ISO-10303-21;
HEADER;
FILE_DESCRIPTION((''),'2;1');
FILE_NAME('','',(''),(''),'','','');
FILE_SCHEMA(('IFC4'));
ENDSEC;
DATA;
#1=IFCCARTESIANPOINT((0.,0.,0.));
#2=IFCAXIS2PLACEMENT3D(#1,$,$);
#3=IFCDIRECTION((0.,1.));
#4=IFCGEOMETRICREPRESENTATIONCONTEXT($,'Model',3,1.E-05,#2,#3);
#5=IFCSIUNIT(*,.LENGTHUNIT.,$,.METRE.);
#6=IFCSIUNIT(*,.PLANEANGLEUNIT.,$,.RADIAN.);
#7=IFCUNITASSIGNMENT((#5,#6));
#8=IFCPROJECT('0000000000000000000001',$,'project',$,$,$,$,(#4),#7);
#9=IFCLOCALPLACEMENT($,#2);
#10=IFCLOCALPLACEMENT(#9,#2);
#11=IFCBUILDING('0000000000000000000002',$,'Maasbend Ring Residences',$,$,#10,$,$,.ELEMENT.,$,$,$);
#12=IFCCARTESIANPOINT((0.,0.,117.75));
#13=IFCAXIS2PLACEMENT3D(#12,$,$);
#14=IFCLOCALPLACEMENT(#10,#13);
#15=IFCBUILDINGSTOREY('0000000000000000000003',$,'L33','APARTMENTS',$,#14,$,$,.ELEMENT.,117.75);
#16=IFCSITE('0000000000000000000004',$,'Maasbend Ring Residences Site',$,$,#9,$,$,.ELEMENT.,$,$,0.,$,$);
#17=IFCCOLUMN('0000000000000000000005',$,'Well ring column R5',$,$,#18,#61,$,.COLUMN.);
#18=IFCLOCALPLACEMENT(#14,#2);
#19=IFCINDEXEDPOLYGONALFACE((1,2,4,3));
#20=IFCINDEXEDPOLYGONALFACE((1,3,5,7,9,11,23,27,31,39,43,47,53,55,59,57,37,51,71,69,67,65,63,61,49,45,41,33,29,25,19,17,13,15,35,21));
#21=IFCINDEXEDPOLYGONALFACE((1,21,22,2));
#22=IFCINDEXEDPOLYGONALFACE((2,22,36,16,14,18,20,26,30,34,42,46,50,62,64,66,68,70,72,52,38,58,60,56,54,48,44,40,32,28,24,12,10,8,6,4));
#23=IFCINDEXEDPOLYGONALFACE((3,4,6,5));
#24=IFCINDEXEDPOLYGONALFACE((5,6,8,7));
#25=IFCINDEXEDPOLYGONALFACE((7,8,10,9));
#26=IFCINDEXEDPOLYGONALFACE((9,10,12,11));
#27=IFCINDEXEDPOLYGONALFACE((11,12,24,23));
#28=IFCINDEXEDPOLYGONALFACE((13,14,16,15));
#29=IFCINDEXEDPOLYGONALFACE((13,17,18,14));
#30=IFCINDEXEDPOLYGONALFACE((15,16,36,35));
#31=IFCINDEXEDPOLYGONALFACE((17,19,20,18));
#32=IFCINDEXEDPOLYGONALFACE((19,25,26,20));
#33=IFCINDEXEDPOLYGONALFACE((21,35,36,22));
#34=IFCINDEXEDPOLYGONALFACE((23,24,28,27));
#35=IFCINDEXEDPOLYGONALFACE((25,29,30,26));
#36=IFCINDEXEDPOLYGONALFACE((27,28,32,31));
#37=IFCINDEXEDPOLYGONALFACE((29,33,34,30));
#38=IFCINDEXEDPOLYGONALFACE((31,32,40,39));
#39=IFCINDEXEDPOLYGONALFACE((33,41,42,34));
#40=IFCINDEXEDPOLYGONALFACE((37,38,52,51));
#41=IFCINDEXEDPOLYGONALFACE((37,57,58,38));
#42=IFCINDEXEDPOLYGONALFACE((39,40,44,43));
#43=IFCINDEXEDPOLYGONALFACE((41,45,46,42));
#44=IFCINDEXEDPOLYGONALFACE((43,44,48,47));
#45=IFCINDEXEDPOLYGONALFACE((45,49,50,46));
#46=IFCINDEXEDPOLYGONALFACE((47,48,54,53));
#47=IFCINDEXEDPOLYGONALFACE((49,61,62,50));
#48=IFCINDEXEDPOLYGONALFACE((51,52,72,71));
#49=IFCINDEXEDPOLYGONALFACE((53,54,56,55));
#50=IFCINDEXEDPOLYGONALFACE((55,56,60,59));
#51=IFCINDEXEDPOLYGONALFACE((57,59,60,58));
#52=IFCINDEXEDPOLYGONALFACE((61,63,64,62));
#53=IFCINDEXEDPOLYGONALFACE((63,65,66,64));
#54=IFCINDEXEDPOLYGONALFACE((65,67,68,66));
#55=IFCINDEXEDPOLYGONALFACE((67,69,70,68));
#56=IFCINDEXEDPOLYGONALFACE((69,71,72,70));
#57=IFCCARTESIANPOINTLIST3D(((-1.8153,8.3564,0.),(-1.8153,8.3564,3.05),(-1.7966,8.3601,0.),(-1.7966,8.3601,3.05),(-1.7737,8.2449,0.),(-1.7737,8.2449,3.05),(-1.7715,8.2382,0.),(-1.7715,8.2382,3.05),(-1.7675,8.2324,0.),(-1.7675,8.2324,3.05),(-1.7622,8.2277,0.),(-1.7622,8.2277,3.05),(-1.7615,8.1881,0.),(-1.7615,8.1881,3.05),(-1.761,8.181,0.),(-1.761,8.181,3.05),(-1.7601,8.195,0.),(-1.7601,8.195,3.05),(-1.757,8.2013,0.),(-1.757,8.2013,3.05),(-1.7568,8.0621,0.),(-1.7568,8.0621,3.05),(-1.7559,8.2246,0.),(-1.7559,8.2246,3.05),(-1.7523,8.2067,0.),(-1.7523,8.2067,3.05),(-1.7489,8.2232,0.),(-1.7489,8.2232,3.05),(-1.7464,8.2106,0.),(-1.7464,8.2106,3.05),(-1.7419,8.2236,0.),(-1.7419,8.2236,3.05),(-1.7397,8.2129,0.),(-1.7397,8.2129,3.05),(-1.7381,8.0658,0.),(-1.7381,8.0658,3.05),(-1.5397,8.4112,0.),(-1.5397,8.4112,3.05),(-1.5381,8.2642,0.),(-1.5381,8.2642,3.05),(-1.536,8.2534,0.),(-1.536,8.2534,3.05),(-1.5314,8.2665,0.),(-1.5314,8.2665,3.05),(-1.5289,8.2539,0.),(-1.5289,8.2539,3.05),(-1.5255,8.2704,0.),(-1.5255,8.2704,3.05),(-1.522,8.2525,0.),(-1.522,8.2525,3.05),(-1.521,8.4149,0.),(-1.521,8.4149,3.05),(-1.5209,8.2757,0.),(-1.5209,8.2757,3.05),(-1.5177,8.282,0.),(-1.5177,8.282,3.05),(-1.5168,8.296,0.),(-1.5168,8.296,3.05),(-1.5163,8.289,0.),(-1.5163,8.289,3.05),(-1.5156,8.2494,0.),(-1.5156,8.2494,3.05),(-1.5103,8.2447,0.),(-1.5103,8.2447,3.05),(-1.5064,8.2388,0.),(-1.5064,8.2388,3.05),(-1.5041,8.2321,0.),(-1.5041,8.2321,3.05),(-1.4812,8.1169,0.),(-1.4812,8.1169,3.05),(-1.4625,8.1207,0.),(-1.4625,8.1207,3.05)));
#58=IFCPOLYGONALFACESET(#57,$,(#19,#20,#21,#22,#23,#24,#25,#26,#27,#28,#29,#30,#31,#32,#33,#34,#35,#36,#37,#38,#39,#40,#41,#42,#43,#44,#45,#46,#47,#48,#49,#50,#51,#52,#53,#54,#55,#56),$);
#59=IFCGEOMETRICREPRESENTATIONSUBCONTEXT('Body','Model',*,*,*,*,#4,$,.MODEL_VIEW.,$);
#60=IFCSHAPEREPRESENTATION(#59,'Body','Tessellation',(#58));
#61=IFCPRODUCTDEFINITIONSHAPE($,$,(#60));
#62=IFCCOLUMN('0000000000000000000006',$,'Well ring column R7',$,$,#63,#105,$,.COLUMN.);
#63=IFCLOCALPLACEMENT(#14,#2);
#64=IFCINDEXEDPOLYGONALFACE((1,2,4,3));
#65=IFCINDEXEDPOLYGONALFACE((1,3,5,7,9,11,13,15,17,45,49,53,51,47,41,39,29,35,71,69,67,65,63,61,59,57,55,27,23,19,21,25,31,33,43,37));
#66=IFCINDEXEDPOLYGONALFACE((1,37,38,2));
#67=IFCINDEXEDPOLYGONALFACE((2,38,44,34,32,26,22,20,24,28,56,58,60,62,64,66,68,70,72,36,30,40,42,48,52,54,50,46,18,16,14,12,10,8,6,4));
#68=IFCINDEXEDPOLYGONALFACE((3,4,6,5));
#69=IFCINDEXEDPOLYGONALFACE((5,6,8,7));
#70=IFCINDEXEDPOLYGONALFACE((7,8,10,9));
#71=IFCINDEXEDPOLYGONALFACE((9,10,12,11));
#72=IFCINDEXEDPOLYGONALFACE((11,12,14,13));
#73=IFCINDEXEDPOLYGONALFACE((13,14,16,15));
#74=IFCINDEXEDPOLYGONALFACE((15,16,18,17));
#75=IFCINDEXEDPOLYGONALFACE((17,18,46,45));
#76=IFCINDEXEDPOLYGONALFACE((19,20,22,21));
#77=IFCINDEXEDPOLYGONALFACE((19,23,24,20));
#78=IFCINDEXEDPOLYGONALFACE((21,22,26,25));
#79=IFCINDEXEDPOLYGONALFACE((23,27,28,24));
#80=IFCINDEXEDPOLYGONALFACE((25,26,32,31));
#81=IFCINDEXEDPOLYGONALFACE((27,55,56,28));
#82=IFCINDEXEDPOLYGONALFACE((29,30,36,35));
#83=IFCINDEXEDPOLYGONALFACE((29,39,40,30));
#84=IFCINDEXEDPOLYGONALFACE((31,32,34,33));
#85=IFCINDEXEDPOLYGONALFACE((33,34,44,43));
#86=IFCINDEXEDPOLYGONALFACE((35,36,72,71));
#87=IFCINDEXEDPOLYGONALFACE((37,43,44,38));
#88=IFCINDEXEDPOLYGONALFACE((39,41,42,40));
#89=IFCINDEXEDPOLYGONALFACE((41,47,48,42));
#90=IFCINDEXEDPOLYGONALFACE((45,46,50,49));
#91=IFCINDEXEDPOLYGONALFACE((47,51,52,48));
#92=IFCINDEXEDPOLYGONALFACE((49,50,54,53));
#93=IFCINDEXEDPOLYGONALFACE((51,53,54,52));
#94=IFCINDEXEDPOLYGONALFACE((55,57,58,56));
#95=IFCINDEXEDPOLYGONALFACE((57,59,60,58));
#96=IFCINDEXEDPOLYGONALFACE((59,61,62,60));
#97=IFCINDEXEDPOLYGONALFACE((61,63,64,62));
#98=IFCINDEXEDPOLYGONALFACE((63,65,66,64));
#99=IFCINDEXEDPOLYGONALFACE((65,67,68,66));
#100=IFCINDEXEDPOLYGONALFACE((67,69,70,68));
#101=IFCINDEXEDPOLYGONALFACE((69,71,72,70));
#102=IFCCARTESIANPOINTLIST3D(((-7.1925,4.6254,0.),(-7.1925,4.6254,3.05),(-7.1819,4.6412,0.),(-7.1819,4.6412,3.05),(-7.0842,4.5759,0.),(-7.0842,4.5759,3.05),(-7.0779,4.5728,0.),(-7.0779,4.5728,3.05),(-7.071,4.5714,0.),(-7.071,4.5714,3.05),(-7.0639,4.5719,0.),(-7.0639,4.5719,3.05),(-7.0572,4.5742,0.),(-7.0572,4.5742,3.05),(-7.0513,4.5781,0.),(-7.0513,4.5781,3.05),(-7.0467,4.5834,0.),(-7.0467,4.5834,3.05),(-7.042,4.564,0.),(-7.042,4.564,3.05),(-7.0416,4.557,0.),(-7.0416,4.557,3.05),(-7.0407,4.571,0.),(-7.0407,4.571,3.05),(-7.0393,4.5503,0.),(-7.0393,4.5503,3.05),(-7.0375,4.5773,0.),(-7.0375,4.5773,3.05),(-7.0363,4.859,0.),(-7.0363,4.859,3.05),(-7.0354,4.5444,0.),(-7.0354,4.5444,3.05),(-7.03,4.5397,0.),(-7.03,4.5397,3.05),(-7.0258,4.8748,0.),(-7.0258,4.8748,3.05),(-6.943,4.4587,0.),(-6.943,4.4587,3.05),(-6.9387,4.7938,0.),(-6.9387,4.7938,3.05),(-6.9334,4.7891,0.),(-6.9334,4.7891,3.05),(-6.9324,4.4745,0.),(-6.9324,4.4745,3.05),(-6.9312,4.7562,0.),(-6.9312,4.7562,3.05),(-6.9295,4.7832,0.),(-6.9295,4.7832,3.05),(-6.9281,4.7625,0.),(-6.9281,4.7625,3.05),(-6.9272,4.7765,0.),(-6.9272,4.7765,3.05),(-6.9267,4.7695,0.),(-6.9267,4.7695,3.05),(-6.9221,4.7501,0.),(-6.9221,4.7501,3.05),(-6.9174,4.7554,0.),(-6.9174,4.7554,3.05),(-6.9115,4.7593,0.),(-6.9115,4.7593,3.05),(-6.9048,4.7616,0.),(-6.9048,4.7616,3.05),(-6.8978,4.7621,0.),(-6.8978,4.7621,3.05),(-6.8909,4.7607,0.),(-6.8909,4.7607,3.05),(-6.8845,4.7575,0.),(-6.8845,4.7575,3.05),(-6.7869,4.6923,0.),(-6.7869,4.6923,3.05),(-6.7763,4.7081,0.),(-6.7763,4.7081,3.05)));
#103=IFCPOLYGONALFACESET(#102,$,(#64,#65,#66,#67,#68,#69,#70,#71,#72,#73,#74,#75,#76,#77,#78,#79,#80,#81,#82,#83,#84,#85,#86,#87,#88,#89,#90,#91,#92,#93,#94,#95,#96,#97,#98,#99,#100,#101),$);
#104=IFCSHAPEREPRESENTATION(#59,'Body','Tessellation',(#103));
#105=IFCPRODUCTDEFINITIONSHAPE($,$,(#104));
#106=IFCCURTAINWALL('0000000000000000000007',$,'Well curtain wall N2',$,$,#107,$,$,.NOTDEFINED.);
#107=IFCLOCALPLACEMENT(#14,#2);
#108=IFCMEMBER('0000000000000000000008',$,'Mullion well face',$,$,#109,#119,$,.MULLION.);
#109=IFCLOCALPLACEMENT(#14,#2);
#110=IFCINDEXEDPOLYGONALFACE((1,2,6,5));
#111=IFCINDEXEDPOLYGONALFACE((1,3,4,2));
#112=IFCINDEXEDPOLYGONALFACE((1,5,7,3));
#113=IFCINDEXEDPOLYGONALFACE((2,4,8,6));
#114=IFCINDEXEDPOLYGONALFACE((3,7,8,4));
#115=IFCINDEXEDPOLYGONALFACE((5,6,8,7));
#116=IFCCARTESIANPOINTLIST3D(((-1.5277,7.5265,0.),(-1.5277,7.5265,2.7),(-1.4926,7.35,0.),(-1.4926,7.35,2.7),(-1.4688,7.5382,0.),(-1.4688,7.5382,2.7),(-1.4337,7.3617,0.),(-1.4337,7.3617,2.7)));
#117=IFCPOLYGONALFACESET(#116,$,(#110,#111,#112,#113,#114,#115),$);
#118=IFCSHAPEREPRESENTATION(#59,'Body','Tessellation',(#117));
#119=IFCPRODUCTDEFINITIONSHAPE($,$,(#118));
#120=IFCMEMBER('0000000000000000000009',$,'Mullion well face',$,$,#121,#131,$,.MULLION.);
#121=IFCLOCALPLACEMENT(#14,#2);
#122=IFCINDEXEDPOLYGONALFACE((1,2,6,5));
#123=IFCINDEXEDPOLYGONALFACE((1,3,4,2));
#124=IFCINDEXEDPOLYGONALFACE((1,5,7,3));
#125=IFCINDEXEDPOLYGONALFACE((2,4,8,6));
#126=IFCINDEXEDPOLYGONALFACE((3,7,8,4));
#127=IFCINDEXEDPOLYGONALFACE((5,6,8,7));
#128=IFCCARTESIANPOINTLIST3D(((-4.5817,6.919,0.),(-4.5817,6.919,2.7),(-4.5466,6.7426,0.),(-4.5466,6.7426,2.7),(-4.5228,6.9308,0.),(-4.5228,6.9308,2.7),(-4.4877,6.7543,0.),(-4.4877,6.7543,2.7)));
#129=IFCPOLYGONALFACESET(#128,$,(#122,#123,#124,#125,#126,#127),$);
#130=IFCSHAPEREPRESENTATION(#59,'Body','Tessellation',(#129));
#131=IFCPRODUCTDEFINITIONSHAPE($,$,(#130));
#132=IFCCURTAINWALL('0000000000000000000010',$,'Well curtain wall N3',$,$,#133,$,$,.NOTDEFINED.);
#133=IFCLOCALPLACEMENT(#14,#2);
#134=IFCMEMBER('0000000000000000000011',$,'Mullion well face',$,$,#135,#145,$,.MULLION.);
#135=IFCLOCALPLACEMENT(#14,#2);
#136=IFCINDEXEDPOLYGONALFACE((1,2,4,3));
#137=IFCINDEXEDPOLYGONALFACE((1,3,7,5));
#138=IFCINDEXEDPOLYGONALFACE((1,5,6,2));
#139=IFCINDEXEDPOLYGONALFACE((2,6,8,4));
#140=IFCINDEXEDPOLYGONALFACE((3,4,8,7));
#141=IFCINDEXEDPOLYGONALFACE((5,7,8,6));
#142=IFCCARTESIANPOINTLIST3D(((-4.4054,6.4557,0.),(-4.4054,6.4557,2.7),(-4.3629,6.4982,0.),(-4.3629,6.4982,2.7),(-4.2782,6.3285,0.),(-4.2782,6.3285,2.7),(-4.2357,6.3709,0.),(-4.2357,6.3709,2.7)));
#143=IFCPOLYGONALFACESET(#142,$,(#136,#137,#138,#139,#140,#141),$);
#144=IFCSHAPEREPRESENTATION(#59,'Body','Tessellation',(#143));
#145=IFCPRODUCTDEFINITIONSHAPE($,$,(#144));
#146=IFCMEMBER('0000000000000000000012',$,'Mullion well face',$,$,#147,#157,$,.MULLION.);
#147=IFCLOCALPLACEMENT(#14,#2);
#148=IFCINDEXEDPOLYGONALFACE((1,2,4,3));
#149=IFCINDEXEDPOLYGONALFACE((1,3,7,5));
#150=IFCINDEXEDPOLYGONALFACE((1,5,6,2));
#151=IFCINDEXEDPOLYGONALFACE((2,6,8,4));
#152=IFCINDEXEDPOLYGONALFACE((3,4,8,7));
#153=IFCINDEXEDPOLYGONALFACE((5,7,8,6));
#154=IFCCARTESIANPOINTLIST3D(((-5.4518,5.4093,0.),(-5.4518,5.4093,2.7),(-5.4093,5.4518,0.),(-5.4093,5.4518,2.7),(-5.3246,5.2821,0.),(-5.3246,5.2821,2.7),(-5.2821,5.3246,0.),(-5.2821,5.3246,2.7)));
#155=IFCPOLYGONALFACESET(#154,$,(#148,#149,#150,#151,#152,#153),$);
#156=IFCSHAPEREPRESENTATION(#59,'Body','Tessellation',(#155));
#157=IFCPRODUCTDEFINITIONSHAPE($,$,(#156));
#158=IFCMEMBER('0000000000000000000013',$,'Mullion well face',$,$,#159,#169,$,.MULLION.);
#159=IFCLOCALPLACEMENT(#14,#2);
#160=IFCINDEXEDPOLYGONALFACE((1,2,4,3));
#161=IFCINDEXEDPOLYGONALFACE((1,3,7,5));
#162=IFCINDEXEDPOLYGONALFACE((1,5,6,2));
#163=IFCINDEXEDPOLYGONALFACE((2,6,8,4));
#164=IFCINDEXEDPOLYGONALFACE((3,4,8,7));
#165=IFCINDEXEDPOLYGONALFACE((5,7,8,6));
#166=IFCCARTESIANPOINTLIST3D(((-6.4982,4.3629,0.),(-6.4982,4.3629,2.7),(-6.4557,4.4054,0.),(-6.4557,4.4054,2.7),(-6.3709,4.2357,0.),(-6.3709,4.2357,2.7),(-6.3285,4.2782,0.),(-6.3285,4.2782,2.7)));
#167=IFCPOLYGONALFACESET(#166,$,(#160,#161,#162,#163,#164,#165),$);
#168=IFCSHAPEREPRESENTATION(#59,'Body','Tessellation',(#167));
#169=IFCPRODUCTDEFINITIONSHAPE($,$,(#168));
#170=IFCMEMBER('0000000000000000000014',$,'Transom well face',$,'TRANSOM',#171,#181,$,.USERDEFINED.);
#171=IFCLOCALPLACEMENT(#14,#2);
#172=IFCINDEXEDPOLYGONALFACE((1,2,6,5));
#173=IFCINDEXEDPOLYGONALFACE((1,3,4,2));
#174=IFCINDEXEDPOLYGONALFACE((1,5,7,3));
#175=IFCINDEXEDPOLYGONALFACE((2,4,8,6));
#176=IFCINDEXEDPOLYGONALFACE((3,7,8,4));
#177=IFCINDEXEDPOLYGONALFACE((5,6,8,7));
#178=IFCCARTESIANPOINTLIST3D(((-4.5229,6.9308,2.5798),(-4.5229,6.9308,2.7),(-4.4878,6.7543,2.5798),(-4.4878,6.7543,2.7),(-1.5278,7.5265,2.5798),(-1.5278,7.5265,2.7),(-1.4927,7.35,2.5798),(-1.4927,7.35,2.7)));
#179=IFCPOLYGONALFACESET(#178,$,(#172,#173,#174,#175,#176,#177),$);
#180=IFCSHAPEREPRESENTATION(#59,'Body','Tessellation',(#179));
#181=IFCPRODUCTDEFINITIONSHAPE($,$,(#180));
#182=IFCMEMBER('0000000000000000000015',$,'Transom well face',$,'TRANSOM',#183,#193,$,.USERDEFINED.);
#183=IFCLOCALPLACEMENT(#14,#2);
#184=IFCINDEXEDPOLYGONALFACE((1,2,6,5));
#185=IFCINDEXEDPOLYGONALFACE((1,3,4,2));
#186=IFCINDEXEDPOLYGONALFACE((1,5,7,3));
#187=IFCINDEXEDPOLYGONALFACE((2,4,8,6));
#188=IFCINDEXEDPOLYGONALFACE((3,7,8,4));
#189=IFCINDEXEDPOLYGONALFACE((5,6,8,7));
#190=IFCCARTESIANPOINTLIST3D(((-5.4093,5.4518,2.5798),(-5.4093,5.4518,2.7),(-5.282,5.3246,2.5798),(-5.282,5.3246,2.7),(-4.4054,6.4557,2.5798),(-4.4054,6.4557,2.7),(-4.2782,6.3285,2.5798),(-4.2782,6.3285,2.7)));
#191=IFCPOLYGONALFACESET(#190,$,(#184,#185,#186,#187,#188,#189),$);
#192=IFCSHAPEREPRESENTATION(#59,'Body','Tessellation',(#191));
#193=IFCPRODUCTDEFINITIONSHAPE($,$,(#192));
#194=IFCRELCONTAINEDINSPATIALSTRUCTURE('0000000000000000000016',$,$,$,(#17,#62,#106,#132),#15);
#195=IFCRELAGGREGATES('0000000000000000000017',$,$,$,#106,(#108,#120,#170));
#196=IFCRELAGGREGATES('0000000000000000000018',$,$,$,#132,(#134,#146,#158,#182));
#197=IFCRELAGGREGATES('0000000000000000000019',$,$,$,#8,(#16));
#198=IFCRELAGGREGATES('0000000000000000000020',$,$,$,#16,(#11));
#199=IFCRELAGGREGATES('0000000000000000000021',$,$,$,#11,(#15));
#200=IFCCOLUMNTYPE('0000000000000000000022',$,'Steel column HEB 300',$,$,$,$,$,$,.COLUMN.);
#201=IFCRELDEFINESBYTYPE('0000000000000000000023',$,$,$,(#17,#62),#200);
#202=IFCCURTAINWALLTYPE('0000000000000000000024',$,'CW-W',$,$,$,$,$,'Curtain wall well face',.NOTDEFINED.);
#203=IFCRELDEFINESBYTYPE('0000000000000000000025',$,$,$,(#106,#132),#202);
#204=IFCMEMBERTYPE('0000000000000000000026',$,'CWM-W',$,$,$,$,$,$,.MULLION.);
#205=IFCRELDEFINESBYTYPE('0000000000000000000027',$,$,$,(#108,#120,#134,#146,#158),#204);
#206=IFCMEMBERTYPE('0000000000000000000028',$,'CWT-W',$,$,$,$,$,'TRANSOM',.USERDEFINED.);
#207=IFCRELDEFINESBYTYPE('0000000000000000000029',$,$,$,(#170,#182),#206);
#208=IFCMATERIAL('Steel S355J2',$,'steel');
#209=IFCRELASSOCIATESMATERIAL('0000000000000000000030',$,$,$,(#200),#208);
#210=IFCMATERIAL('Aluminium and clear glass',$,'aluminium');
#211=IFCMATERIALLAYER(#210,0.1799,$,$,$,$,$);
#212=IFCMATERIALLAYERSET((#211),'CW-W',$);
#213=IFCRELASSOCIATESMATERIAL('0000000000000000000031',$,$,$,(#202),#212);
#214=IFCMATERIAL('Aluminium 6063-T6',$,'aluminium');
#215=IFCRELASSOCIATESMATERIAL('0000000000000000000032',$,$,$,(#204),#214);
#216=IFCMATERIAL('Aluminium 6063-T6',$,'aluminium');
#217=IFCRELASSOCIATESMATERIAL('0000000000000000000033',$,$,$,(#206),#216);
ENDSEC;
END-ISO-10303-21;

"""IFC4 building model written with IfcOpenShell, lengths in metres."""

from ifc_helpers import new_model, si_unit, direction, frame, origin, origin_2d, place, context, subcontext, project, spatial, rectangle, i_section, extrude, material, layer, layer_set, material_profile, profile_set, type_object, element, aggregate, save


model = new_model("IFC4")

# Units and contexts
model_context = context("Model", 3, precision=1e-05, world=origin(), true_north=direction((0.0, 1.0)))
body_context = subcontext(model_context, "Body", "Model", "MODEL_VIEW")
ifc_project = project(units=[si_unit("LENGTHUNIT", "METRE"), si_unit("PLANEANGLEUNIT", "RADIAN")], contexts=[model_context])

# Site, building, storey
site_placement = place(None, origin())
site = spatial("IfcSite", under=ifc_project, at=site_placement, Name="Maasbend Ring Residences Site", CompositionType="ELEMENT", RefElevation=0.0)
building_placement = place(site_placement, origin())
building = spatial("IfcBuilding", under=site, at=building_placement, Name="Maasbend Ring Residences", CompositionType="ELEMENT")
storey_placement = place(building_placement, frame((0.0, 0.0, 117.75)))
storey = spatial("IfcBuildingStorey", under=building, at=storey_placement, Name="L33", Description="APARTMENTS", CompositionType="ELEMENT", Elevation=117.75)

# Columns
ifc_material_1 = material(Name="Steel S355J2", Category="steel")
ifc_material_profile_1 = material_profile(ifc_material_1, i_section(OverallWidth=0.3, OverallDepth=0.3, WebThickness=0.011, FlangeThickness=0.019, FilletRadius=0.0271, at=origin_2d()), Name="HEB 300")
ifc_profile_set_1 = profile_set([ifc_material_profile_1], Name="Steel S355J2")
column_type = type_object("IfcColumnType", Name="Steel column HEB 300", PredefinedType="COLUMN", material=ifc_profile_set_1)
for number, where, z_axis, x_axis, name in (
    (1, (-1.6389, 8.2385, 0.0), (0.0, 0.0, 1.0), (-0.19509, 0.980785, 0.0), "Well ring column R5"),
    (2, (-6.9844, 4.6667, 0.0), (0.0, 0.0, 1.0), (-0.83147, 0.55557, 0.0), "Well ring column R7"),
):
    element("IfcColumn", number, at=place(storey_placement, frame(where, z_axis=z_axis, x_axis=x_axis)), inside=storey, type_object=column_type, Name=name, PredefinedType="COLUMN", context=body_context, shape_type="SweptSolid", body=[
        extrude(i_section(OverallWidth=0.3, OverallDepth=0.3, WebThickness=0.011, FlangeThickness=0.019, FilletRadius=0.0271, at=origin_2d()), origin(), (0.0, 0.0, 1.0), 3.05),
    ])

# Curtain walls, members
ifc_material_2 = material(Name="Aluminium and clear glass", Category="aluminium")
ifc_layer_1 = layer(ifc_material_2, 0.1799)
ifc_layer_set_1 = layer_set([ifc_layer_1], Name="CW-W")
curtain_wall_type = type_object("IfcCurtainWallType", Name="CW-W", ElementType="Curtain wall well face", PredefinedType="NOTDEFINED", material=ifc_layer_set_1)
curtain_wall_1_placement = place(storey_placement, origin())
curtain_wall_1 = element("IfcCurtainWall", 3, at=curtain_wall_1_placement, inside=storey, type_object=curtain_wall_type, Name="Well curtain wall N2", PredefinedType="NOTDEFINED")
ifc_material_3 = material(Name="Aluminium 6063-T6", Category="aluminium")
ifc_material_profile_2 = material_profile(ifc_material_3, rectangle(XDim=0.1799, YDim=0.0601, at=origin_2d()), Name="AL 180x60")
ifc_profile_set_2 = profile_set([ifc_material_profile_2], Name="Aluminium 6063-T6")
member_type_1 = type_object("IfcMemberType", Name="CWM-W", PredefinedType="MULLION", material=ifc_profile_set_2)
member_1_placement = place(storey_placement, frame((-1.4807, 7.4441, 0.0), z_axis=(0.0, 0.0, 1.0), x_axis=(0.19509, -0.980785, 0.0)))
member_1 = element("IfcMember", 4, at=member_1_placement, type_object=member_type_1, Name="Mullion well face", PredefinedType="MULLION", context=body_context, shape_type="SweptSolid", body=[
    extrude(rectangle(XDim=0.1799, YDim=0.0601, at=origin_2d()), origin(), (0.0, 0.0, 1.0), 2.7),
])
member_2_placement = place(storey_placement, frame((-4.5347, 6.8367, 0.0), z_axis=(0.0, 0.0, 1.0), x_axis=(0.19509, -0.980785, 0.0)))
member_2 = element("IfcMember", 5, at=member_2_placement, type_object=member_type_1, Name="Mullion well face", PredefinedType="MULLION", context=body_context, shape_type="SweptSolid", body=[
    extrude(rectangle(XDim=0.1799, YDim=0.0601, at=origin_2d()), origin(), (0.0, 0.0, 1.0), 2.7),
])
curtain_wall_2_placement = place(storey_placement, origin())
curtain_wall_2 = element("IfcCurtainWall", 6, at=curtain_wall_2_placement, inside=storey, type_object=curtain_wall_type, Name="Well curtain wall N3", PredefinedType="NOTDEFINED")
member_3_placement = place(storey_placement, frame((-4.3206, 6.4133, 0.0), z_axis=(0.0, 0.0, 1.0), x_axis=(0.707107, -0.707107, 0.0)))
member_3 = element("IfcMember", 7, at=member_3_placement, type_object=member_type_1, Name="Mullion well face", PredefinedType="MULLION", context=body_context, shape_type="SweptSolid", body=[
    extrude(rectangle(XDim=0.1799, YDim=0.0601, at=origin_2d()), origin(), (0.0, 0.0, 1.0), 2.7),
])
member_4_placement = place(storey_placement, frame((-5.3669, 5.3669, 0.0), z_axis=(0.0, 0.0, 1.0), x_axis=(0.707107, -0.707107, 0.0)))
member_4 = element("IfcMember", 8, at=member_4_placement, type_object=member_type_1, Name="Mullion well face", PredefinedType="MULLION", context=body_context, shape_type="SweptSolid", body=[
    extrude(rectangle(XDim=0.1799, YDim=0.0601, at=origin_2d()), origin(), (0.0, 0.0, 1.0), 2.7),
])
member_5_placement = place(storey_placement, frame((-6.4133, 4.3206, 0.0), z_axis=(0.0, 0.0, 1.0), x_axis=(0.707107, -0.707107, 0.0)))
member_5 = element("IfcMember", 9, at=member_5_placement, type_object=member_type_1, Name="Mullion well face", PredefinedType="MULLION", context=body_context, shape_type="SweptSolid", body=[
    extrude(rectangle(XDim=0.1799, YDim=0.0601, at=origin_2d()), origin(), (0.0, 0.0, 1.0), 2.7),
])

# Members
ifc_material_4 = material(Name="Aluminium 6063-T6", Category="aluminium")
ifc_material_profile_3 = material_profile(ifc_material_4, rectangle(XDim=0.1799, YDim=0.1201, at=origin_2d()), Name="AL 180x120")
ifc_profile_set_3 = profile_set([ifc_material_profile_3], Name="Aluminium 6063-T6")
member_type_2 = type_object("IfcMemberType", Name="CWT-W", ElementType="TRANSOM", PredefinedType="USERDEFINED", material=ifc_profile_set_3)
member_6_placement = place(storey_placement, frame((-1.5103, 7.4382, 2.6399), z_axis=(-0.980789, -0.195071, 0.0), x_axis=(0.195071, -0.980789, 0.0)))
member_6 = element("IfcMember", 10, at=member_6_placement, type_object=member_type_2, Name="Transom well face", ObjectType="TRANSOM", PredefinedType="USERDEFINED", context=body_context, shape_type="SweptSolid", body=[
    extrude(rectangle(XDim=0.1799, YDim=0.1201, at=origin_2d()), origin(), (0.0, 0.0, 1.0), 3.0537),
])
member_7_placement = place(storey_placement, frame((-4.3418, 6.3921, 2.6399), z_axis=(-0.707107, -0.707107, 0.0), x_axis=(0.707107, -0.707107, 0.0)))
member_7 = element("IfcMember", 11, at=member_7_placement, type_object=member_type_2, Name="Transom well face", ObjectType="TRANSOM", PredefinedType="USERDEFINED", context=body_context, shape_type="SweptSolid", body=[
    extrude(rectangle(XDim=0.1799, YDim=0.1201, at=origin_2d()), origin(), (0.0, 0.0, 1.0), 1.4197),
])

aggregate(curtain_wall_1, [member_1, member_2, member_6])
aggregate(curtain_wall_2, [member_3, member_4, member_5, member_7])

save(model, "model.ifc")
